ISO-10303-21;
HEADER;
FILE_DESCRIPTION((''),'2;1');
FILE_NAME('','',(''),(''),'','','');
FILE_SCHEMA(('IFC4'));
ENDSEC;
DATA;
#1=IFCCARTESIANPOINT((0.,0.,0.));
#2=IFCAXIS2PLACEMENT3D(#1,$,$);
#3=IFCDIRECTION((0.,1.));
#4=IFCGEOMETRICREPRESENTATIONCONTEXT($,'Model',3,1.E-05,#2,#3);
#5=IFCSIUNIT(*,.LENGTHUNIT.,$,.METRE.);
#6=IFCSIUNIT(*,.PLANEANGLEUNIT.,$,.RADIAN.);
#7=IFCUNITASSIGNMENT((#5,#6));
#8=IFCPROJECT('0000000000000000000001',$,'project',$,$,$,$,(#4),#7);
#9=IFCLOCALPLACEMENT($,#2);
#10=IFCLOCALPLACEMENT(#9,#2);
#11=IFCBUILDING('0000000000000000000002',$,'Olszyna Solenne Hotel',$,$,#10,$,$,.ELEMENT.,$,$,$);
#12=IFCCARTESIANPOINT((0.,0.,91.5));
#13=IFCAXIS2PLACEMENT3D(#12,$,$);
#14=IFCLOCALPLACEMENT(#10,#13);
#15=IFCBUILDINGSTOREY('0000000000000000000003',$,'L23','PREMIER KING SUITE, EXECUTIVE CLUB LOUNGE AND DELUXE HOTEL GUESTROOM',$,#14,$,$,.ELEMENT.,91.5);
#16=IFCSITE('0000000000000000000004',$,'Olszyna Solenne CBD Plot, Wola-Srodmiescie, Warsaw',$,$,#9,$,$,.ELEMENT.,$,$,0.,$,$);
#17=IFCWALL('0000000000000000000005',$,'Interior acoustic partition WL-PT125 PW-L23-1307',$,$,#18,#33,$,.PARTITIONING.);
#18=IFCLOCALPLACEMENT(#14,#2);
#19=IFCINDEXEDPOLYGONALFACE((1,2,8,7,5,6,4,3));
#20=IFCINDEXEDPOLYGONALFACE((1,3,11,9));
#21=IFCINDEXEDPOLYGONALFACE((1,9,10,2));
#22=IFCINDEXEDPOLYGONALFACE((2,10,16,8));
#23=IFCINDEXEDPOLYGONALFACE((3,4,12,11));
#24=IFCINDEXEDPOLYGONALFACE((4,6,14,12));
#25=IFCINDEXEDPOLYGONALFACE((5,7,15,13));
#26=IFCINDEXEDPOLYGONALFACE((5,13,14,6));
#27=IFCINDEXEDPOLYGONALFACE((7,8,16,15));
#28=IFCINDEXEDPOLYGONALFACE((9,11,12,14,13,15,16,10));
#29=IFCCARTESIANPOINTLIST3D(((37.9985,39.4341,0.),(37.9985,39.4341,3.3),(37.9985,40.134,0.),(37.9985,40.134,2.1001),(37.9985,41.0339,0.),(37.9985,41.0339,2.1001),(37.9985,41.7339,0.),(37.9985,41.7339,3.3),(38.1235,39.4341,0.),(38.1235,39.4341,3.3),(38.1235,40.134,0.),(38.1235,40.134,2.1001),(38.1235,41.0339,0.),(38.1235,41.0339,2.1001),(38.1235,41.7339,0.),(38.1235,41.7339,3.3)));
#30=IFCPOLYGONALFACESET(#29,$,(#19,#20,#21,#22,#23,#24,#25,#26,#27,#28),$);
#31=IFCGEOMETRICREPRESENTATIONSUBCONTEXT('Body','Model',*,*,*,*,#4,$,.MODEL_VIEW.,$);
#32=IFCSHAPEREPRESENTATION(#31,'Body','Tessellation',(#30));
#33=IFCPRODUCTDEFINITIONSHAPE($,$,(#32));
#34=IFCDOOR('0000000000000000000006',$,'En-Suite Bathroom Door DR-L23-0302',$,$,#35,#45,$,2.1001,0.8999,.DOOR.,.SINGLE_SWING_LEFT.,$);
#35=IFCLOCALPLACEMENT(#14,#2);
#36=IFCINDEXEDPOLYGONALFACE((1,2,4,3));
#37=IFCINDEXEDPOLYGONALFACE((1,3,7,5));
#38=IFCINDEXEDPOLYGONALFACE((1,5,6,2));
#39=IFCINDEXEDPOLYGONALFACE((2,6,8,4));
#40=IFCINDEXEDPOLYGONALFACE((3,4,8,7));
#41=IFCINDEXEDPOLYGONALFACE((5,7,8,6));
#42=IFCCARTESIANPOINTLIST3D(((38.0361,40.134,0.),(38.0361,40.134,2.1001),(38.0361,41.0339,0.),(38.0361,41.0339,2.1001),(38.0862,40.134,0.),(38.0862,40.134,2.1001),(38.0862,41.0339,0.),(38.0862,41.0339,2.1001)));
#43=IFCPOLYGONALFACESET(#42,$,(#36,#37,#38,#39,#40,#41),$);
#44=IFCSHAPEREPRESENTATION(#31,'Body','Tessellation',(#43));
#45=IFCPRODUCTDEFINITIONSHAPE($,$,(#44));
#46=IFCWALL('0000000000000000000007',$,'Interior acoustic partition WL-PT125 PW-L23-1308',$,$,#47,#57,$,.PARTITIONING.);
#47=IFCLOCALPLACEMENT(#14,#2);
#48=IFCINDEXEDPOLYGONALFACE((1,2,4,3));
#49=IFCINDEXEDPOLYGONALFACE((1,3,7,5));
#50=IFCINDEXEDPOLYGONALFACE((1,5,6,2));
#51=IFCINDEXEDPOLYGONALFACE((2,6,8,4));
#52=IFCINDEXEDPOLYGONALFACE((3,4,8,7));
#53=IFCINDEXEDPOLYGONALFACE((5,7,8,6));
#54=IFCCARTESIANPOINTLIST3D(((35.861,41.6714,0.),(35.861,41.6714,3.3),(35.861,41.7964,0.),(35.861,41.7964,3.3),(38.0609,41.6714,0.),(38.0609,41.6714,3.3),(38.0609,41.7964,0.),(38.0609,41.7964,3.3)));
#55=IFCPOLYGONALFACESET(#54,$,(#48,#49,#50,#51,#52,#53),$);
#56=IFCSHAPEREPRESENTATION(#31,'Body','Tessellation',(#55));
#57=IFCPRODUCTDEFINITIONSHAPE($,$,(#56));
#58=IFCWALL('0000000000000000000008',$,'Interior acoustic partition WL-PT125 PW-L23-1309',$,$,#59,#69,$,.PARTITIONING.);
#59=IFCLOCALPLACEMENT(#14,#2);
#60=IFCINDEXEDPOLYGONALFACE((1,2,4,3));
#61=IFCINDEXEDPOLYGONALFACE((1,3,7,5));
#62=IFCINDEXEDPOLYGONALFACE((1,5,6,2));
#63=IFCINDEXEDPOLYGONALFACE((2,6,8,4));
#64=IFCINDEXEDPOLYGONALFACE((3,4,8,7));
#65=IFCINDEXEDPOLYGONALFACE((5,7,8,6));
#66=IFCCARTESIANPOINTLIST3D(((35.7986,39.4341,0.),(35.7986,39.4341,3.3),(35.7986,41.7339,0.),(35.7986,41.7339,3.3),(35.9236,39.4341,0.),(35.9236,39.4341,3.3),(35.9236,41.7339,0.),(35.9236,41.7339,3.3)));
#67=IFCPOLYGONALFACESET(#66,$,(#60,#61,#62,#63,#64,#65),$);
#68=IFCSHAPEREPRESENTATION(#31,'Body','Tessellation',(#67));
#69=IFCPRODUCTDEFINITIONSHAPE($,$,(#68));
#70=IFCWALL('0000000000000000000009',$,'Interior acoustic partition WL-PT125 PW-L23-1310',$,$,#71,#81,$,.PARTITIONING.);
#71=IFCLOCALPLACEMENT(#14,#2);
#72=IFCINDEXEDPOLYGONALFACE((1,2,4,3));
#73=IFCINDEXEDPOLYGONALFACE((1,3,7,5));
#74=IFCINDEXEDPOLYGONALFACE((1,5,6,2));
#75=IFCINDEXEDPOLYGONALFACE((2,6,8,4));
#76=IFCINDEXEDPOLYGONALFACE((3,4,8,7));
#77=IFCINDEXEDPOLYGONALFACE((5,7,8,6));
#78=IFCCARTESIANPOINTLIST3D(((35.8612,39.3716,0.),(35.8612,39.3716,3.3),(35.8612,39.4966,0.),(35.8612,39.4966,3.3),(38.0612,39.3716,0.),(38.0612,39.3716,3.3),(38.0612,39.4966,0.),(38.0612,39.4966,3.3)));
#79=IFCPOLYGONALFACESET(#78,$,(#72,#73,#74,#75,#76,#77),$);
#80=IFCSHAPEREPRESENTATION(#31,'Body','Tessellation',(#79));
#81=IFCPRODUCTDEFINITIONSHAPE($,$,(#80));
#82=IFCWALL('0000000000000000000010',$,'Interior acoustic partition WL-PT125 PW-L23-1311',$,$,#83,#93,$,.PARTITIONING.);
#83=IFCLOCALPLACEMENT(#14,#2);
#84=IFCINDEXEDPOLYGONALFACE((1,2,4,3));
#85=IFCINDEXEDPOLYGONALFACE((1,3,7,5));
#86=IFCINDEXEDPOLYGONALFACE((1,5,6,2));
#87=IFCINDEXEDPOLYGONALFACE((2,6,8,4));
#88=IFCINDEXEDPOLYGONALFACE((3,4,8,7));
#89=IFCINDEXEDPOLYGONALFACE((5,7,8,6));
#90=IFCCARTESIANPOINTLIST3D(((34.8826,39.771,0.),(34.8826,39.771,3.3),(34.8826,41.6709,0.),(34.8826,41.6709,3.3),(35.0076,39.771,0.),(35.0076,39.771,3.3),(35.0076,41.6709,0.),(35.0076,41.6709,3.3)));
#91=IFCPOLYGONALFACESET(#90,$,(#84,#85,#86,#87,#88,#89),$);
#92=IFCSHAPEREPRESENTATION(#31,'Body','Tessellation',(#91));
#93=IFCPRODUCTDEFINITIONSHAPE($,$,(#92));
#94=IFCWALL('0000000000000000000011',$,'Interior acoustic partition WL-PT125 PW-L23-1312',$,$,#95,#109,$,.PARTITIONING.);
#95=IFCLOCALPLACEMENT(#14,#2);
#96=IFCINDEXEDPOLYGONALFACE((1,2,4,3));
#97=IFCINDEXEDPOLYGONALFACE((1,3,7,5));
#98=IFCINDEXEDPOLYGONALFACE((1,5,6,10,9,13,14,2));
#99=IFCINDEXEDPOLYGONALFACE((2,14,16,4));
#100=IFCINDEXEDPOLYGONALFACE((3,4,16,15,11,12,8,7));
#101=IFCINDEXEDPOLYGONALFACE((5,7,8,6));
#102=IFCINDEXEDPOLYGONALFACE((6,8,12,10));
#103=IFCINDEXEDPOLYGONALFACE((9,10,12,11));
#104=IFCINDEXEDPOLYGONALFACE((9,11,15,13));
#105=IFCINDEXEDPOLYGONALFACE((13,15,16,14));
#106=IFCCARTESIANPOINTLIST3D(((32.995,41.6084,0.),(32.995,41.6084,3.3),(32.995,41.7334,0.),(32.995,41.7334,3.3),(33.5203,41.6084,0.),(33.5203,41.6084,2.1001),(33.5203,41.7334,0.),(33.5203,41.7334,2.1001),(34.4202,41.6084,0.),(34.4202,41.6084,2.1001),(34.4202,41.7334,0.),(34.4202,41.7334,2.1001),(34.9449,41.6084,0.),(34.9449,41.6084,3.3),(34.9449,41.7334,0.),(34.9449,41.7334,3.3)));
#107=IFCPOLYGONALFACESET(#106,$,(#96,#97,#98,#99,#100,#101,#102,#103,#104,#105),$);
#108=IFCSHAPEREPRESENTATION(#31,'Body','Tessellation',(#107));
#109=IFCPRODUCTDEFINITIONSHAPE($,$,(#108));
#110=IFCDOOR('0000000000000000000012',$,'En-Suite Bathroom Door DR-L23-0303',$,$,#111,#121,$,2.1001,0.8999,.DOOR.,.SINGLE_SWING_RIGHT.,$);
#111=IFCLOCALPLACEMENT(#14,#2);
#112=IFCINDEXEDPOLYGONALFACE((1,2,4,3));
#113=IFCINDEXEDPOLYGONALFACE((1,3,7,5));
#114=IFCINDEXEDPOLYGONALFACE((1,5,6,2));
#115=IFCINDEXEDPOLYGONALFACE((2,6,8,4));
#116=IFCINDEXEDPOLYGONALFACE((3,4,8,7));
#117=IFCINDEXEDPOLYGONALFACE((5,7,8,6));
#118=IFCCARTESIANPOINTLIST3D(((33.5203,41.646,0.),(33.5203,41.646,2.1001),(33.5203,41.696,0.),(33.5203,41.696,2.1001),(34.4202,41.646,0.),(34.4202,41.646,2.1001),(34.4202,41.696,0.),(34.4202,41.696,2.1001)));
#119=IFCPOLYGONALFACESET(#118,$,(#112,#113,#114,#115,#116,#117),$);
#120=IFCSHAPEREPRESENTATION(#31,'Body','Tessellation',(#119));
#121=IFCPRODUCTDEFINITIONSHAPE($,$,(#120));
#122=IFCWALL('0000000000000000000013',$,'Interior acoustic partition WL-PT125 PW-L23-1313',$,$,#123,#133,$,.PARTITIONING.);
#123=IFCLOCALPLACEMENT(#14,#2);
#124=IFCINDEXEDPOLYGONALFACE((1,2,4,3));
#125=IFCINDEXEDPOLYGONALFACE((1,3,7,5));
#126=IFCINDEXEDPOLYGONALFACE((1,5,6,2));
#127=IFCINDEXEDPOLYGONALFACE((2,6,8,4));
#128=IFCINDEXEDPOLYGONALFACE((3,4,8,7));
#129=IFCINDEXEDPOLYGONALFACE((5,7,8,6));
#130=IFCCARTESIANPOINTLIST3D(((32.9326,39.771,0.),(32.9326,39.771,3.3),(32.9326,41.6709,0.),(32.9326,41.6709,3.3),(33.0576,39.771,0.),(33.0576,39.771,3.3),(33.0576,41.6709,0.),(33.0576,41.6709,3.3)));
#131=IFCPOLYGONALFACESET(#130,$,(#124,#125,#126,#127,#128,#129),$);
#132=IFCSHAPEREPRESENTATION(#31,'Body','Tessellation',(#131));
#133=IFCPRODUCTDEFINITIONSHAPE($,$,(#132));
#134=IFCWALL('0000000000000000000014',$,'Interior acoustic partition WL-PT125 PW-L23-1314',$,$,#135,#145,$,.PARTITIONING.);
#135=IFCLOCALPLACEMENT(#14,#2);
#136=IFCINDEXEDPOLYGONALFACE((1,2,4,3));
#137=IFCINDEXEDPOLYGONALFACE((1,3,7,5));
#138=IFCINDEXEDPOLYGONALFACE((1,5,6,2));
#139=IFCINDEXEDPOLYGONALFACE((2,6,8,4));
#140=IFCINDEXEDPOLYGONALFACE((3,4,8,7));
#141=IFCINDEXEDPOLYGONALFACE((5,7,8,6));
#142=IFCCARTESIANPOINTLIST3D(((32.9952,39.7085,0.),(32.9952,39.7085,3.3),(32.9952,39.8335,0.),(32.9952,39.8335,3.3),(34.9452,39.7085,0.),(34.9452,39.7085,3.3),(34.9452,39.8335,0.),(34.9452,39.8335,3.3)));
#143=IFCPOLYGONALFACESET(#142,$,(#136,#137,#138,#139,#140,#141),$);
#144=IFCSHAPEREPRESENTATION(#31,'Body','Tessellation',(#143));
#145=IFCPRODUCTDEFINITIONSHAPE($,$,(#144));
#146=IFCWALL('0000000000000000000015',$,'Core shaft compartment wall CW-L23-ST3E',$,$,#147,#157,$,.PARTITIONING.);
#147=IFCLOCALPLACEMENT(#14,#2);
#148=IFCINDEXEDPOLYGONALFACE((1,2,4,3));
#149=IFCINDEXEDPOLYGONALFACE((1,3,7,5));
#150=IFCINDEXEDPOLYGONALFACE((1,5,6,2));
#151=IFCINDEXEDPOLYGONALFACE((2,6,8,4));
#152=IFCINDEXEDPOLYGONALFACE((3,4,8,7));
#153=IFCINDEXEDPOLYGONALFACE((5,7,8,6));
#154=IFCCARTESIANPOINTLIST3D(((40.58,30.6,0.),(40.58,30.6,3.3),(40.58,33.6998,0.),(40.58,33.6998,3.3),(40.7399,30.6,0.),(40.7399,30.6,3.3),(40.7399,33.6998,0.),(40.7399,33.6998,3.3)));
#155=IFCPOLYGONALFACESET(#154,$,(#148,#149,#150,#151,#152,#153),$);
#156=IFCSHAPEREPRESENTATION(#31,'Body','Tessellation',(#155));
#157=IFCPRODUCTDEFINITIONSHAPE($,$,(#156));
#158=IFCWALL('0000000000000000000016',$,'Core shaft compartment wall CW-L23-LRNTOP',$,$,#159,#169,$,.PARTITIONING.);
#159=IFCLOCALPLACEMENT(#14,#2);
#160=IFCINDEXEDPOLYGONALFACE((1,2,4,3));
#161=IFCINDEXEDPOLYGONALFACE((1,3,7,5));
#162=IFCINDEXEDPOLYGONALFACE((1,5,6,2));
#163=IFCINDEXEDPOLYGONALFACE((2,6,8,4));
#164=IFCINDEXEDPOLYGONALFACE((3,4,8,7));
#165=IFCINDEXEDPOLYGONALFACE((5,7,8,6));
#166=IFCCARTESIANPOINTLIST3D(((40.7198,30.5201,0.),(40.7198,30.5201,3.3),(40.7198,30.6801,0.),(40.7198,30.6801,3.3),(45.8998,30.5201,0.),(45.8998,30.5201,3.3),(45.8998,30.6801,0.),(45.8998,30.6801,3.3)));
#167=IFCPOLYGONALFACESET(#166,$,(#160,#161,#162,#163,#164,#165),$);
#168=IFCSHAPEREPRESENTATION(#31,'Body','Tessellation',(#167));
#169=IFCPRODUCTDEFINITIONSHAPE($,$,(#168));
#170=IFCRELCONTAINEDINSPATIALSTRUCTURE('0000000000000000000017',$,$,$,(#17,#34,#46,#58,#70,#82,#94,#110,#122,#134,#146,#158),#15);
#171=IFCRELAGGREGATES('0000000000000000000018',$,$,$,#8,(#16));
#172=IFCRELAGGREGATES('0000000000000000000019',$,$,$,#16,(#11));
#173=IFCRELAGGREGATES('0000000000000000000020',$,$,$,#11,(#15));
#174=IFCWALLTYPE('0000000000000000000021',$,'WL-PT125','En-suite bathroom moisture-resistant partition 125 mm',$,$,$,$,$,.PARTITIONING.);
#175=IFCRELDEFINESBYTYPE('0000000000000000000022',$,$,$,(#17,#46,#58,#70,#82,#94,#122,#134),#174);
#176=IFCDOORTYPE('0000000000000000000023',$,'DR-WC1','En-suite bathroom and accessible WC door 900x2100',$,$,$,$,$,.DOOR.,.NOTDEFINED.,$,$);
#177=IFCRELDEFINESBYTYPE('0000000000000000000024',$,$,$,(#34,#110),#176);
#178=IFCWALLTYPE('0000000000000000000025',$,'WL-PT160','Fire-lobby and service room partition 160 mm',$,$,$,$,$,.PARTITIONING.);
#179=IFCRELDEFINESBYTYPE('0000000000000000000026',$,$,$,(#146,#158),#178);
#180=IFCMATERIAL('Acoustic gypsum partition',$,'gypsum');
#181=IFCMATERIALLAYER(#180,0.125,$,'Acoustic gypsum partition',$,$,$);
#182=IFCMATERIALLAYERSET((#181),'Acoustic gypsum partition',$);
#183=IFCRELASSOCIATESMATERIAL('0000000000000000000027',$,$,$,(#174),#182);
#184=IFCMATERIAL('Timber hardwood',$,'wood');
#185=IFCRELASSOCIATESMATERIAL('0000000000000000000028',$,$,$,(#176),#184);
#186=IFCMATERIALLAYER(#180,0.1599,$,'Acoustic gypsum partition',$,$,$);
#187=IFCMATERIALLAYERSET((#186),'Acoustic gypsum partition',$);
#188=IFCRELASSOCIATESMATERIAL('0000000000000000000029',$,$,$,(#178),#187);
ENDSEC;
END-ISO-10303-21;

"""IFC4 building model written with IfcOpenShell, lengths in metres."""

from ifc_helpers import new_model, si_unit, direction, frame, frame_2d, origin, place, context, subcontext, project, spatial, rectangle, extrude, source, transform, mapped, material, layer, layer_set, type_object, type_shapes, element, fill, save


model = new_model("IFC4")

# Units and contexts
model_context = context("Model", 3, precision=1e-05, world=origin(), true_north=direction((0.0, 1.0)))
body_context = subcontext(model_context, "Body", "Model", "MODEL_VIEW")
ifc_project = project(units=[si_unit("LENGTHUNIT", "METRE"), si_unit("PLANEANGLEUNIT", "RADIAN")], contexts=[model_context])

# Site, building, storey
site_placement = place(None, origin())
site = spatial("IfcSite", under=ifc_project, at=site_placement, Name="Olszyna Solenne CBD Plot, Wola-Srodmiescie, Warsaw", CompositionType="ELEMENT", RefElevation=0.0)
building_placement = place(site_placement, origin())
building = spatial("IfcBuilding", under=site, at=building_placement, Name="Olszyna Solenne Hotel", CompositionType="ELEMENT")
storey_placement = place(building_placement, frame((0.0, 0.0, 91.5)))
storey = spatial("IfcBuildingStorey", under=building, at=storey_placement, Name="L23", Description="PREMIER KING SUITE, EXECUTIVE CLUB LOUNGE AND DELUXE HOTEL GUESTROOM", CompositionType="ELEMENT", Elevation=91.5)

# Wall, opening, door
ifc_material_1 = material(Name="Acoustic gypsum partition", Category="gypsum")
ifc_layer_1 = layer(ifc_material_1, 0.125, Name="Acoustic gypsum partition")
ifc_layer_set_1 = layer_set([ifc_layer_1], Name="Acoustic gypsum partition")
wall_type_1 = type_object("IfcWallType", Name="WL-PT125", Description="En-suite bathroom moisture-resistant partition 125 mm", PredefinedType="PARTITIONING", material=ifc_layer_set_1)
wall_1_placement = place(storey_placement, frame((38.061, 39.4341, 0.0), z_axis=(0.0, 0.0, 1.0), x_axis=(0.0, 1.0, 0.0)))
wall_1 = element("IfcWall", 1, at=wall_1_placement, inside=storey, type_object=wall_type_1, Name="Interior acoustic partition WL-PT125 PW-L23-1307", PredefinedType="PARTITIONING", context=body_context, shape_type="SweptSolid", body=[
    extrude(rectangle(XDim=2.2998, YDim=0.125, at=frame_2d((1.1499, 0.0))), origin(), (0.0, 0.0, 1.0), 3.3),
])
opening_1_placement = place(wall_1_placement, frame((0.7, 0.0, 0.0)))
opening_1 = element("IfcOpeningElement", 2, at=opening_1_placement, cuts=wall_1, PredefinedType="OPENING", context=body_context, shape_type="SweptSolid", body=[
    extrude(rectangle(XDim=0.8999, YDim=2.1001, at=frame_2d((0.45, 1.05))), frame((0.0, 0.0725, 0.0), z_axis=(0.0, -1.0, 0.0), x_axis=(1.0, 0.0, 0.0)), (0.0, 0.0, 1.0), 0.145),
])
ifc_material_2 = material(Name="Timber hardwood", Category="wood")
door_type_1 = type_object("IfcDoorType", Name="DR-WC1", Description="En-suite bathroom and accessible WC door 900x2100", OperationType="NOTDEFINED", PredefinedType="DOOR", material=ifc_material_2)
shared_shape_1 = source(origin(), body_context, "Body", "SweptSolid", [
    extrude(rectangle(XDim=0.8999, YDim=2.1001, at=frame_2d((0.45, 1.05))), frame((0.0, 0.0249, 0.0), z_axis=(0.0, -1.0, 0.0), x_axis=(1.0, 0.0, 0.0)), (0.0, 0.0, 1.0), 0.05),
])
type_shapes(door_type_1, [shared_shape_1])
door_1_placement = place(opening_1_placement, origin())
door_1 = element("IfcDoor", 3, at=door_1_placement, inside=storey, type_object=door_type_1, Name="En-Suite Bathroom Door DR-L23-0302", OperationType="SINGLE_SWING_LEFT", OverallHeight=2.1001, OverallWidth=0.8999, PredefinedType="DOOR", context=body_context, shape_type="MappedRepresentation", body=[
    mapped(shared_shape_1, transform((0.0, 0.0, 0.0), x_axis=(1.0, 0.0, 0.0), y_axis=(0.0, 1.0, 0.0), z_axis=(0.0, 0.0, 1.0), scale=1.0)),
])
fill(opening_1, door_1)

# Walls
wall_2_placement = place(storey_placement, frame((38.061, 41.7339, 0.0), z_axis=(0.0, 0.0, 1.0), x_axis=(-1.0, 0.0, 0.0)))
element("IfcWall", 4, at=wall_2_placement, inside=storey, type_object=wall_type_1, Name="Interior acoustic partition WL-PT125 PW-L23-1308", PredefinedType="PARTITIONING", context=body_context, shape_type="SweptSolid", body=[
    extrude(rectangle(XDim=2.2, YDim=0.125, at=frame_2d((1.1001, 0.0))), origin(), (0.0, 0.0, 1.0), 3.3),
])
wall_3_placement = place(storey_placement, frame((35.8611, 41.7339, 0.0), z_axis=(0.0, 0.0, 1.0), x_axis=(0.0, -1.0, 0.0)))
element("IfcWall", 5, at=wall_3_placement, inside=storey, type_object=wall_type_1, Name="Interior acoustic partition WL-PT125 PW-L23-1309", PredefinedType="PARTITIONING", context=body_context, shape_type="SweptSolid", body=[
    extrude(rectangle(XDim=2.2998, YDim=0.125, at=frame_2d((1.1499, 0.0))), origin(), (0.0, 0.0, 1.0), 3.3),
])
wall_4_placement = place(storey_placement, frame((35.8611, 39.4341, 0.0), z_axis=(0.0, 0.0, 1.0), x_axis=(1.0, 0.0, 0.0)))
element("IfcWall", 6, at=wall_4_placement, inside=storey, type_object=wall_type_1, Name="Interior acoustic partition WL-PT125 PW-L23-1310", PredefinedType="PARTITIONING", context=body_context, shape_type="SweptSolid", body=[
    extrude(rectangle(XDim=2.2, YDim=0.125, at=frame_2d((1.1001, 0.0))), origin(), (0.0, 0.0, 1.0), 3.3),
])
wall_5_placement = place(storey_placement, frame((34.9451, 39.771, 0.0), z_axis=(0.0, 0.0, 1.0), x_axis=(0.0, 1.0, 0.0)))
element("IfcWall", 7, at=wall_5_placement, inside=storey, type_object=wall_type_1, Name="Interior acoustic partition WL-PT125 PW-L23-1311", PredefinedType="PARTITIONING", context=body_context, shape_type="SweptSolid", body=[
    extrude(rectangle(XDim=1.8999, YDim=0.125, at=frame_2d((0.95, 0.0))), origin(), (0.0, 0.0, 1.0), 3.3),
])

# Wall, opening, door
wall_6_placement = place(storey_placement, frame((34.9451, 41.6709, 0.0), z_axis=(0.0, 0.0, 1.0), x_axis=(-1.0, 0.0, 0.0)))
wall_6 = element("IfcWall", 8, at=wall_6_placement, inside=storey, type_object=wall_type_1, Name="Interior acoustic partition WL-PT125 PW-L23-1312", PredefinedType="PARTITIONING", context=body_context, shape_type="SweptSolid", body=[
    extrude(rectangle(XDim=1.95, YDim=0.125, at=frame_2d((0.9751, 0.0))), origin(), (0.0, 0.0, 1.0), 3.3),
])
opening_2_placement = place(wall_6_placement, frame((0.5249, 0.0, 0.0)))
opening_2 = element("IfcOpeningElement", 9, at=opening_2_placement, cuts=wall_6, PredefinedType="OPENING", context=body_context, shape_type="SweptSolid", body=[
    extrude(rectangle(XDim=0.8999, YDim=2.1001, at=frame_2d((0.45, 1.05))), frame((0.0, 0.0725, 0.0), z_axis=(0.0, -1.0, 0.0), x_axis=(1.0, 0.0, 0.0)), (0.0, 0.0, 1.0), 0.145),
])
door_2_placement = place(opening_2_placement, origin())
door_2 = element("IfcDoor", 10, at=door_2_placement, inside=storey, type_object=door_type_1, Name="En-Suite Bathroom Door DR-L23-0303", OperationType="SINGLE_SWING_RIGHT", OverallHeight=2.1001, OverallWidth=0.8999, PredefinedType="DOOR", context=body_context, shape_type="MappedRepresentation", body=[
    mapped(shared_shape_1, transform((0.0, 0.0, 0.0), x_axis=(1.0, 0.0, 0.0), y_axis=(0.0, 1.0, 0.0), z_axis=(0.0, 0.0, 1.0), scale=1.0)),
])
fill(opening_2, door_2)

# Walls
wall_7_placement = place(storey_placement, frame((32.9951, 41.6709, 0.0), z_axis=(0.0, 0.0, 1.0), x_axis=(0.0, -1.0, 0.0)))
element("IfcWall", 11, at=wall_7_placement, inside=storey, type_object=wall_type_1, Name="Interior acoustic partition WL-PT125 PW-L23-1313", PredefinedType="PARTITIONING", context=body_context, shape_type="SweptSolid", body=[
    extrude(rectangle(XDim=1.8999, YDim=0.125, at=frame_2d((0.95, 0.0))), origin(), (0.0, 0.0, 1.0), 3.3),
])
wall_8_placement = place(storey_placement, frame((32.9951, 39.771, 0.0), z_axis=(0.0, 0.0, 1.0), x_axis=(1.0, 0.0, 0.0)))
element("IfcWall", 12, at=wall_8_placement, inside=storey, type_object=wall_type_1, Name="Interior acoustic partition WL-PT125 PW-L23-1314", PredefinedType="PARTITIONING", context=body_context, shape_type="SweptSolid", body=[
    extrude(rectangle(XDim=1.95, YDim=0.125, at=frame_2d((0.9751, 0.0))), origin(), (0.0, 0.0, 1.0), 3.3),
])
ifc_layer_2 = layer(ifc_material_1, 0.1599, Name="Acoustic gypsum partition")
ifc_layer_set_2 = layer_set([ifc_layer_2], Name="Acoustic gypsum partition")
wall_type_2 = type_object("IfcWallType", Name="WL-PT160", Description="Fire-lobby and service room partition 160 mm", PredefinedType="PARTITIONING", material=ifc_layer_set_2)
wall_9_placement = place(storey_placement, frame((40.6599, 30.6001, 0.0), z_axis=(0.0, 0.0, 1.0), x_axis=(0.0, 1.0, 0.0)))
element("IfcWall", 13, at=wall_9_placement, inside=storey, type_object=wall_type_2, Name="Core shaft compartment wall CW-L23-ST3E", PredefinedType="PARTITIONING", context=body_context, shape_type="SweptSolid", body=[
    extrude(rectangle(XDim=3.0999, YDim=0.1599, at=frame_2d((1.5498, 0.0))), origin(), (0.0, 0.0, 1.0), 3.3),
])
wall_10_placement = place(storey_placement, frame((40.72, 30.6001, 0.0), z_axis=(0.0, 0.0, 1.0), x_axis=(1.0, 0.0, 0.0)))
element("IfcWall", 14, at=wall_10_placement, inside=storey, type_object=wall_type_2, Name="Core shaft compartment wall CW-L23-LRNTOP", PredefinedType="PARTITIONING", context=body_context, shape_type="SweptSolid", body=[
    extrude(rectangle(XDim=5.1799, YDim=0.1599, at=frame_2d((2.5898, 0.0))), origin(), (0.0, 0.0, 1.0), 3.3),
])

save(model, "model.ifc")
